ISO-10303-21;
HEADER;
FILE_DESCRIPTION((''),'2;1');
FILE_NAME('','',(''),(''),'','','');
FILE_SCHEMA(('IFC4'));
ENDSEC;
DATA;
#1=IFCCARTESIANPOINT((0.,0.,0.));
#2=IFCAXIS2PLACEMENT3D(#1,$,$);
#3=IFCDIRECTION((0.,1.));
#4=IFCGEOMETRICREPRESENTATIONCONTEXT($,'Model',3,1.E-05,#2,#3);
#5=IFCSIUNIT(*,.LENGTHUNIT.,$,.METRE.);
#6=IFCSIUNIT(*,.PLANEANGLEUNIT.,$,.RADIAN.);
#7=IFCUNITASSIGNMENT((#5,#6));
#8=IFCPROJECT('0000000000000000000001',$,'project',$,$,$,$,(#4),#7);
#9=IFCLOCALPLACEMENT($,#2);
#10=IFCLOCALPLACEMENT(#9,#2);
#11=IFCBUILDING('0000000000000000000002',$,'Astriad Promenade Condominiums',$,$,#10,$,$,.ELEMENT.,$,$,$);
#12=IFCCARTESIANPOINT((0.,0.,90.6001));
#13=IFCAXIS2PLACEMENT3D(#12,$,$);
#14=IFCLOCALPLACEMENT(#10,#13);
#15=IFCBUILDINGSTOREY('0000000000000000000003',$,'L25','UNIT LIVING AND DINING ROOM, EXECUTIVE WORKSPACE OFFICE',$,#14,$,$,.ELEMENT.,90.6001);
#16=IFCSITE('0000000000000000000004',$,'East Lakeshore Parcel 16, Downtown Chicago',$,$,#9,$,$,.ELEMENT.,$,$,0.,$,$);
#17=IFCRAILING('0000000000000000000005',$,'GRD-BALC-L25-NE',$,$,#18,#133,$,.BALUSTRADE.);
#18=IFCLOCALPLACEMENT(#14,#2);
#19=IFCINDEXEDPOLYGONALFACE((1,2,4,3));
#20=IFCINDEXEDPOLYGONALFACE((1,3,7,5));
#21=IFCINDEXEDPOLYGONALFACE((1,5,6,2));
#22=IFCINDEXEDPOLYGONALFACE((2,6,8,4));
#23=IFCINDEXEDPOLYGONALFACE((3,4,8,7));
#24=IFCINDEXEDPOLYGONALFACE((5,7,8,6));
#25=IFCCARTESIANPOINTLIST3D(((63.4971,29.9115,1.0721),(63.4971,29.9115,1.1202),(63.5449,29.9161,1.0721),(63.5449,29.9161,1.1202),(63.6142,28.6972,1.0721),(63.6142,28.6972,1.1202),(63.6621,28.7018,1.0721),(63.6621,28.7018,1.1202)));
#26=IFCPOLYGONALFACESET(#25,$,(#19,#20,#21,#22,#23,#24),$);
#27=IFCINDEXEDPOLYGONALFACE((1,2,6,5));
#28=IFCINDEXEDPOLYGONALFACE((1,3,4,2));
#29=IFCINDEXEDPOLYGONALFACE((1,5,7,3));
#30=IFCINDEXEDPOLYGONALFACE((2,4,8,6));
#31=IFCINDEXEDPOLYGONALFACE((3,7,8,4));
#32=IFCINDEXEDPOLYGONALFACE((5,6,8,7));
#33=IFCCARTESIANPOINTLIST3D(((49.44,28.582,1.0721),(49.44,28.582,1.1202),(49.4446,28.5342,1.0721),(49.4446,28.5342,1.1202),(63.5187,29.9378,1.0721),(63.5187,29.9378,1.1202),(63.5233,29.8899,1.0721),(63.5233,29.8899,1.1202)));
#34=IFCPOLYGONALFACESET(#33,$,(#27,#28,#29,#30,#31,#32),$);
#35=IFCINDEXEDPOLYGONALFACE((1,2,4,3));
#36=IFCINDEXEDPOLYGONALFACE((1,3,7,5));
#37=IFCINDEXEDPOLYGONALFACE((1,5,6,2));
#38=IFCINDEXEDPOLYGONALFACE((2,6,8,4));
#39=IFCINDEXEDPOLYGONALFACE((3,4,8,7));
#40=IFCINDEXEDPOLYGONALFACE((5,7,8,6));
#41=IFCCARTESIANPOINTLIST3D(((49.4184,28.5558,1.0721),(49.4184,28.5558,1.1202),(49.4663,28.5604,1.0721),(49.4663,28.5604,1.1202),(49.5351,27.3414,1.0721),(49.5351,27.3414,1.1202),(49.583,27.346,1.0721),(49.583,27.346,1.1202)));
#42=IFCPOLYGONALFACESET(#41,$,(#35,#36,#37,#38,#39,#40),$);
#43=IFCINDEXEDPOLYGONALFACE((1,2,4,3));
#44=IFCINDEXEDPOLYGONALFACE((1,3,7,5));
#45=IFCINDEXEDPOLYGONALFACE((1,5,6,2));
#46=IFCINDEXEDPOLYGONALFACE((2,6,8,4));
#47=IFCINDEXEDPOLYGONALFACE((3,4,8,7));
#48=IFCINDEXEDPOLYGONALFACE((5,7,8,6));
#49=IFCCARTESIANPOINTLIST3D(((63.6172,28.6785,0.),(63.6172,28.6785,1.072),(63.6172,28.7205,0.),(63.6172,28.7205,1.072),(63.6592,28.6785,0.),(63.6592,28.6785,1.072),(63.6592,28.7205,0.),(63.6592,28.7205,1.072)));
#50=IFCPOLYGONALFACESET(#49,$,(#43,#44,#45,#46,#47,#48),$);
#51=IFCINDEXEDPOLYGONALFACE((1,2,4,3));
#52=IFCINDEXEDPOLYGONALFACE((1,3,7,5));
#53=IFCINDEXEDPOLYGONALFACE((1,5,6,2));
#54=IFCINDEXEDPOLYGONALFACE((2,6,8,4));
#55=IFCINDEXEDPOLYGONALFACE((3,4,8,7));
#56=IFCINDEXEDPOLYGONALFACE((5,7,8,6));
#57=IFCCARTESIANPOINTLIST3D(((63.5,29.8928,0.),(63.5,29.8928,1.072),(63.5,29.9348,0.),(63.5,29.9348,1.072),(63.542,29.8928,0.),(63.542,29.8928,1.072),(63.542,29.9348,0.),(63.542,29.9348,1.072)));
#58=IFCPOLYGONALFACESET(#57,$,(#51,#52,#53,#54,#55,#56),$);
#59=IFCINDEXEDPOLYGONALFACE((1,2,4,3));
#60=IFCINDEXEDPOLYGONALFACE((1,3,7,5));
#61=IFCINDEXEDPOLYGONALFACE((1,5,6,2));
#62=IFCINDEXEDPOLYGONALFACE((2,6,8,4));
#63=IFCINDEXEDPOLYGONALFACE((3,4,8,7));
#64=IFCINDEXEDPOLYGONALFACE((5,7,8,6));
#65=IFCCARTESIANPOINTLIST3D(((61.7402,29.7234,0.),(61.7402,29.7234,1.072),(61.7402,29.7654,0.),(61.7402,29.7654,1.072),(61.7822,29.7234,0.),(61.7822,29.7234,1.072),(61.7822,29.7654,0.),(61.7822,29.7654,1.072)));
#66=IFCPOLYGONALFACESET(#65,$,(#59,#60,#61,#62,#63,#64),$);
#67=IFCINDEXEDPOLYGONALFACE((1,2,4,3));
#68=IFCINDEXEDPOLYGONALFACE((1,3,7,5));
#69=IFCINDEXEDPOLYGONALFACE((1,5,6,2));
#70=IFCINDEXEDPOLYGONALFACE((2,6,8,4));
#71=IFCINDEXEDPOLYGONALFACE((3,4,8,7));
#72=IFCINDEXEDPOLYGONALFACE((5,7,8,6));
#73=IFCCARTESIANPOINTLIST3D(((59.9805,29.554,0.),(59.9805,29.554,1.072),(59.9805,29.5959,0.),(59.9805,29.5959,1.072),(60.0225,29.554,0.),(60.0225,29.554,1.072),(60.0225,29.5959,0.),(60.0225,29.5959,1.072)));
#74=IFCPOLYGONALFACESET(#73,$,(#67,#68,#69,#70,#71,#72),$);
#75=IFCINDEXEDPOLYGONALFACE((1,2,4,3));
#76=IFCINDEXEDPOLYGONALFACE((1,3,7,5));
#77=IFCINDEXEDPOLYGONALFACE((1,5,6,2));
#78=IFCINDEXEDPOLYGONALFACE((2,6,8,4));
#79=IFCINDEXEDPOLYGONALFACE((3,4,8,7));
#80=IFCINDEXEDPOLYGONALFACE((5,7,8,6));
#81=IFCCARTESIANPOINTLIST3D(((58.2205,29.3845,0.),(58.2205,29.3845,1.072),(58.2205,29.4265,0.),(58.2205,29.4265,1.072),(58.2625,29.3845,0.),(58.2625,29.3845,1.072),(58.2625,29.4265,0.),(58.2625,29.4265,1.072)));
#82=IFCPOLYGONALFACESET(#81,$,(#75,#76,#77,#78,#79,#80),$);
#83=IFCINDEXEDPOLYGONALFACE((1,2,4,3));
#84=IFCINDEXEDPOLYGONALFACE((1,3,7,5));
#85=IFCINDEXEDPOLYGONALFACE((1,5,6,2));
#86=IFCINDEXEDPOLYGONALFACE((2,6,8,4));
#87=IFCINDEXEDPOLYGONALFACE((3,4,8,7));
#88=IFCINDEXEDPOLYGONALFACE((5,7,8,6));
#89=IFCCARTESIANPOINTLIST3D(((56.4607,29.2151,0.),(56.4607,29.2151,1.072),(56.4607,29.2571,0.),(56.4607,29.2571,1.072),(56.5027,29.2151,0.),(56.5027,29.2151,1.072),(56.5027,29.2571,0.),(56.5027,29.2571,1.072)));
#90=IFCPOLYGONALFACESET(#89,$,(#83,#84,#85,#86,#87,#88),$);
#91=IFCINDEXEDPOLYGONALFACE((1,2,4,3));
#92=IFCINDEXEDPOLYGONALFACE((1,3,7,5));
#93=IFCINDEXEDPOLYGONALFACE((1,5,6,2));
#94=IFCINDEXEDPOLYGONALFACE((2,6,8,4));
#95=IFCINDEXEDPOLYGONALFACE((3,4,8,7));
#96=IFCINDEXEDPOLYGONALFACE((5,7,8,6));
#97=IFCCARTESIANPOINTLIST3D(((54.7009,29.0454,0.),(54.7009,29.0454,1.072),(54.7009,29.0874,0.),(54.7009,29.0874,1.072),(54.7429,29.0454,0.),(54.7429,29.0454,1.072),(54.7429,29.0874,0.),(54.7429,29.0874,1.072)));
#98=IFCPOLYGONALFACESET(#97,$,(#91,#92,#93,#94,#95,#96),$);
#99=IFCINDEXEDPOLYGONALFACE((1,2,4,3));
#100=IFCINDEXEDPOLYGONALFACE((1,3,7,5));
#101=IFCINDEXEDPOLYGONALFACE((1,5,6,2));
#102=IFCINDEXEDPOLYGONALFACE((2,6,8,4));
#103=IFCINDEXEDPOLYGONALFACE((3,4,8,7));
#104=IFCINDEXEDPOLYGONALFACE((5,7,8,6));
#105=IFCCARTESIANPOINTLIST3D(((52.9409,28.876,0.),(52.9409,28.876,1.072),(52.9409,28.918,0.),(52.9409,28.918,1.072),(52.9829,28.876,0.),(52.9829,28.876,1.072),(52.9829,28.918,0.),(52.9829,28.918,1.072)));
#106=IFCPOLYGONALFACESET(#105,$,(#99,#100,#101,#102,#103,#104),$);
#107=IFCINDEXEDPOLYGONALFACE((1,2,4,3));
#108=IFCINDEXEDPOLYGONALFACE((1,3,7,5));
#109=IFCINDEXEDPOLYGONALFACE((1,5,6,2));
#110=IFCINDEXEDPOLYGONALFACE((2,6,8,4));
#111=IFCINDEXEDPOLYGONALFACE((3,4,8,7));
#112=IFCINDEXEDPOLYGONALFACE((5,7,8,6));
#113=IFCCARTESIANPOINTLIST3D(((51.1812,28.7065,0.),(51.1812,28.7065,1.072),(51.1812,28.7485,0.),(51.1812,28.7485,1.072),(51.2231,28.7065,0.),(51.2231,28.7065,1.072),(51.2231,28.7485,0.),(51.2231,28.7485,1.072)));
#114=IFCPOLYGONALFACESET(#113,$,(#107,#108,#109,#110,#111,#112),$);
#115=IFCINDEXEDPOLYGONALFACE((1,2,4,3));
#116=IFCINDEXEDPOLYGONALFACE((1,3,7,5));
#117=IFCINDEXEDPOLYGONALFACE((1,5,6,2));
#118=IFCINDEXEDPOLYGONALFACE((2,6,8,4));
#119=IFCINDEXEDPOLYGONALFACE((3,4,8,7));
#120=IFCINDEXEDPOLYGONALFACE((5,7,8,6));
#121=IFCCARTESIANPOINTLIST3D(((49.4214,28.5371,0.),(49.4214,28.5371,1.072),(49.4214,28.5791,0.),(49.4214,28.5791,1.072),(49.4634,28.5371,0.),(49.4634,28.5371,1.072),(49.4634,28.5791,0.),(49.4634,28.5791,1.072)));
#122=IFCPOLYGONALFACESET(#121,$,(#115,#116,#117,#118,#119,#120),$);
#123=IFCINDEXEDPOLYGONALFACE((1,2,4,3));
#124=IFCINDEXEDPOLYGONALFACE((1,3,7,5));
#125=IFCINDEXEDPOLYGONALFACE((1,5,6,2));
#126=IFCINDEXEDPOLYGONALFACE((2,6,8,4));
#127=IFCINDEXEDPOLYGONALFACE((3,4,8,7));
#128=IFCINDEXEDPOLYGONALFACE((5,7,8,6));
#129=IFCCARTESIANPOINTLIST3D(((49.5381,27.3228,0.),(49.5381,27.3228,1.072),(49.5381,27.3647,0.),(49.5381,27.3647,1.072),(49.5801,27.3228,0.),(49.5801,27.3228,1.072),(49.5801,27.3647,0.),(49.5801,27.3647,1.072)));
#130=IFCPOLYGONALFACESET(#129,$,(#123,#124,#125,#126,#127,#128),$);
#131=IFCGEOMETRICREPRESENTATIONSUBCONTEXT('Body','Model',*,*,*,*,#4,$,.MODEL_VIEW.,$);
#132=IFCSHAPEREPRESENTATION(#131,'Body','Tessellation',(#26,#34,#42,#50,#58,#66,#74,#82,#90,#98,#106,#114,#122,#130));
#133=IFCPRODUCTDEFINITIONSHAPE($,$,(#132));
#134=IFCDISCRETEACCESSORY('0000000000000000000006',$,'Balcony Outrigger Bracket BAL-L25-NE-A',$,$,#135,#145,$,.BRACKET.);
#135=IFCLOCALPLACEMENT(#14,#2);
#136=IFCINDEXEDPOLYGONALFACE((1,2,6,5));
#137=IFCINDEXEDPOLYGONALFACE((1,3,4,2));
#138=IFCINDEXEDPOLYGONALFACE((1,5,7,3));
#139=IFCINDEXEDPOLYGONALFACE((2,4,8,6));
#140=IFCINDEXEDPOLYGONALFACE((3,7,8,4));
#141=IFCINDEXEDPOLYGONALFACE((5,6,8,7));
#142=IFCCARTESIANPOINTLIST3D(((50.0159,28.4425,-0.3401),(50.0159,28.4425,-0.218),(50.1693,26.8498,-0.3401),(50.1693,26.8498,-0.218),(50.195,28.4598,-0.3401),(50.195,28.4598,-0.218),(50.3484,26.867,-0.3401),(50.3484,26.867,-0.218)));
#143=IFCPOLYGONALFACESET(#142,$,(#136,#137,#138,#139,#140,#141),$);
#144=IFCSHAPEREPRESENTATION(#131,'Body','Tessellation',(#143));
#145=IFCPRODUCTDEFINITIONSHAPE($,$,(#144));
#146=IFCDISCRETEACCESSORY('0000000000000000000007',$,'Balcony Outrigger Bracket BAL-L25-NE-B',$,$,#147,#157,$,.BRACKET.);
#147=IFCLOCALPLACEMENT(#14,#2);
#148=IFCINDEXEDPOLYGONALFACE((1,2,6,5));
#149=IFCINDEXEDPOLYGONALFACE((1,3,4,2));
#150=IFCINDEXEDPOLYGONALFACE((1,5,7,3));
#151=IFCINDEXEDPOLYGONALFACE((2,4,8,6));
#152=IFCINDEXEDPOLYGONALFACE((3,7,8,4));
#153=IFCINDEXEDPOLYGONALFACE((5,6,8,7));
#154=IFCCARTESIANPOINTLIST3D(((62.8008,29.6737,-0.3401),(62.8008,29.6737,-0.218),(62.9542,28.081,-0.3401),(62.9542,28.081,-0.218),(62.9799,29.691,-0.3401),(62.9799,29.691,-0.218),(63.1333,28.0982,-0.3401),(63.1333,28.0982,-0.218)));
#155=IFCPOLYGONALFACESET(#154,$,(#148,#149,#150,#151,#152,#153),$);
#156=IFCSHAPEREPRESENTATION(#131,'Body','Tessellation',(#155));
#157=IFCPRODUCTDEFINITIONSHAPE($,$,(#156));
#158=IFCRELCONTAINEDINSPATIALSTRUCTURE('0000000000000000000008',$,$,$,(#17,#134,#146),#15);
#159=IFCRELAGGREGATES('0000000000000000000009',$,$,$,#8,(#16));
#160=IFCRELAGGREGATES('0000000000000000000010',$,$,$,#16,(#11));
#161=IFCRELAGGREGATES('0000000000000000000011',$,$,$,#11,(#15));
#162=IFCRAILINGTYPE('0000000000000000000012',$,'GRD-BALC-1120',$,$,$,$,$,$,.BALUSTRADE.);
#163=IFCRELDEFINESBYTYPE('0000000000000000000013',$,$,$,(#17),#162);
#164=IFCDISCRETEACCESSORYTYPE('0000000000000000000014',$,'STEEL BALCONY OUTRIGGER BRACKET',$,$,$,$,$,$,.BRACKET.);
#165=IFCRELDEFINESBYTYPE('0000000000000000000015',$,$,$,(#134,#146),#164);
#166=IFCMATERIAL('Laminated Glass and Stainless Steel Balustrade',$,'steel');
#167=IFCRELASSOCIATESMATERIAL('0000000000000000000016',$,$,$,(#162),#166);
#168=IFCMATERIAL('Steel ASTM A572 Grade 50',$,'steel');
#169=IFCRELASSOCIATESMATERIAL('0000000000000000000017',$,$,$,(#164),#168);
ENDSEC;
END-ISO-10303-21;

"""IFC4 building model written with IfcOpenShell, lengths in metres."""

from ifc_helpers import new_model, si_unit, direction, frame, origin, origin_2d, place, context, subcontext, project, spatial, rectangle, extrude, source, transform, mapped, material, type_object, type_shapes, element, save


model = new_model("IFC4")

# Units and contexts
model_context = context("Model", 3, precision=1e-05, world=origin(), true_north=direction((0.0, 1.0)))
body_context = subcontext(model_context, "Body", "Model", "MODEL_VIEW")
ifc_project = project(units=[si_unit("LENGTHUNIT", "METRE"), si_unit("PLANEANGLEUNIT", "RADIAN")], contexts=[model_context])

# Site, building, storey
site_placement = place(None, origin())
site = spatial("IfcSite", under=ifc_project, at=site_placement, Name="East Lakeshore Parcel 16, Downtown Chicago", CompositionType="ELEMENT", RefElevation=0.0)
building_placement = place(site_placement, origin())
building = spatial("IfcBuilding", under=site, at=building_placement, Name="Astriad Promenade Condominiums", CompositionType="ELEMENT")
storey_placement = place(building_placement, frame((0.0, 0.0, 90.6001)))
storey = spatial("IfcBuildingStorey", under=building, at=storey_placement, Name="L25", Description="UNIT LIVING AND DINING ROOM, EXECUTIVE WORKSPACE OFFICE", CompositionType="ELEMENT", Elevation=90.6001)

# Railing
ifc_material_1 = material(Name="Laminated Glass and Stainless Steel Balustrade", Category="steel")
railing_type = type_object("IfcRailingType", Name="GRD-BALC-1120", PredefinedType="BALUSTRADE", material=ifc_material_1)
shared_shape_1 = source(origin(), body_context, "Body", "SweptSolid", [
    extrude(rectangle(XDim=0.0481, YDim=0.0481, at=origin_2d()), frame((0.0, 0.0, 1.0962), z_axis=(-0.096056, 0.995376, 0.0), x_axis=(-0.995376, -0.096056, 0.0)), (0.0, 0.0, 1.0), 1.22),
    extrude(rectangle(XDim=0.0481, YDim=0.0481, at=origin_2d()), frame((-0.1172, 1.2144, 1.0962), z_axis=(-0.995396, -0.095853, 0.0), x_axis=(0.095853, -0.995396, 0.0)), (0.0, 0.0, 1.0), 14.1438),
    extrude(rectangle(XDim=0.0481, YDim=0.0481, at=origin_2d()), frame((-14.1958, -0.1414, 1.0962), z_axis=(0.095659, -0.995414, 0.0), x_axis=(0.995414, 0.095659, 0.0)), (0.0, 0.0, 1.0), 1.22),
    extrude(rectangle(XDim=0.042, YDim=0.042, at=origin_2d()), origin(), (0.0, 0.0, 1.0), 1.072),
    extrude(rectangle(XDim=0.042, YDim=0.042, at=origin_2d()), frame((-0.1172, 1.2144, 0.0)), (0.0, 0.0, 1.0), 1.072),
    extrude(rectangle(XDim=0.042, YDim=0.042, at=origin_2d()), frame((-1.877, 1.0449, 0.0)), (0.0, 0.0, 1.0), 1.072),
    extrude(rectangle(XDim=0.042, YDim=0.042, at=origin_2d()), frame((-3.6367, 0.8755, 0.0)), (0.0, 0.0, 1.0), 1.072),
    extrude(rectangle(XDim=0.042, YDim=0.042, at=origin_2d()), frame((-5.3967, 0.7061, 0.0)), (0.0, 0.0, 1.0), 1.072),
    extrude(rectangle(XDim=0.042, YDim=0.042, at=origin_2d()), frame((-7.1565, 0.5366, 0.0)), (0.0, 0.0, 1.0), 1.072),
    extrude(rectangle(XDim=0.042, YDim=0.042, at=origin_2d()), frame((-8.9163, 0.3669, 0.0)), (0.0, 0.0, 1.0), 1.072),
    extrude(rectangle(XDim=0.042, YDim=0.042, at=origin_2d()), frame((-10.6763, 0.1975, 0.0)), (0.0, 0.0, 1.0), 1.072),
    extrude(rectangle(XDim=0.042, YDim=0.042, at=origin_2d()), frame((-12.436, 0.0281, 0.0)), (0.0, 0.0, 1.0), 1.072),
    extrude(rectangle(XDim=0.042, YDim=0.042, at=origin_2d()), frame((-14.1958, -0.1414, 0.0)), (0.0, 0.0, 1.0), 1.072),
    extrude(rectangle(XDim=0.042, YDim=0.042, at=origin_2d()), frame((-14.0791, -1.3557, 0.0)), (0.0, 0.0, 1.0), 1.072),
])
type_shapes(railing_type, [shared_shape_1])
railing_placement = place(storey_placement, frame((63.6382, 28.6995, 0.0)))
element("IfcRailing", 1, at=railing_placement, inside=storey, type_object=railing_type, Name="GRD-BALC-L25-NE", PredefinedType="BALUSTRADE", context=body_context, shape_type="MappedRepresentation", body=[
    mapped(shared_shape_1, transform((0.0, 0.0, 0.0), scale=1.0)),
])

# Discrete accessories
ifc_material_2 = material(Name="Steel ASTM A572 Grade 50", Category="steel")
discrete_accessory_type = type_object("IfcDiscreteAccessoryType", Name="STEEL BALCONY OUTRIGGER BRACKET", PredefinedType="BRACKET", material=ifc_material_2)
shared_shape_2 = source(origin(), body_context, "Body", "SweptSolid", [
    extrude(rectangle(XDim=1.6001, YDim=0.1799, at=origin_2d()), origin(), (0.0, 0.0, 1.0), 0.1221),
])
type_shapes(discrete_accessory_type, [shared_shape_2])
for number, where, z_axis, x_axis, name in (
    (2, (50.1821, 27.6548, -0.3401), (0.0, 0.0, 1.0), (-0.095846, 0.995396, 0.0), "Balcony Outrigger Bracket BAL-L25-NE-A"),
    (3, (62.967, 28.886, -0.3401), (0.0, 0.0, 1.0), (-0.095846, 0.995396, 0.0), "Balcony Outrigger Bracket BAL-L25-NE-B"),
):
    element("IfcDiscreteAccessory", number, at=place(storey_placement, frame(where, z_axis=z_axis, x_axis=x_axis)), inside=storey, type_object=discrete_accessory_type, Name=name, PredefinedType="BRACKET", context=body_context, shape_type="MappedRepresentation", body=[
        mapped(shared_shape_2, transform((0.0, 0.0, 0.0), scale=1.0)),
    ])

save(model, "model.ifc")
